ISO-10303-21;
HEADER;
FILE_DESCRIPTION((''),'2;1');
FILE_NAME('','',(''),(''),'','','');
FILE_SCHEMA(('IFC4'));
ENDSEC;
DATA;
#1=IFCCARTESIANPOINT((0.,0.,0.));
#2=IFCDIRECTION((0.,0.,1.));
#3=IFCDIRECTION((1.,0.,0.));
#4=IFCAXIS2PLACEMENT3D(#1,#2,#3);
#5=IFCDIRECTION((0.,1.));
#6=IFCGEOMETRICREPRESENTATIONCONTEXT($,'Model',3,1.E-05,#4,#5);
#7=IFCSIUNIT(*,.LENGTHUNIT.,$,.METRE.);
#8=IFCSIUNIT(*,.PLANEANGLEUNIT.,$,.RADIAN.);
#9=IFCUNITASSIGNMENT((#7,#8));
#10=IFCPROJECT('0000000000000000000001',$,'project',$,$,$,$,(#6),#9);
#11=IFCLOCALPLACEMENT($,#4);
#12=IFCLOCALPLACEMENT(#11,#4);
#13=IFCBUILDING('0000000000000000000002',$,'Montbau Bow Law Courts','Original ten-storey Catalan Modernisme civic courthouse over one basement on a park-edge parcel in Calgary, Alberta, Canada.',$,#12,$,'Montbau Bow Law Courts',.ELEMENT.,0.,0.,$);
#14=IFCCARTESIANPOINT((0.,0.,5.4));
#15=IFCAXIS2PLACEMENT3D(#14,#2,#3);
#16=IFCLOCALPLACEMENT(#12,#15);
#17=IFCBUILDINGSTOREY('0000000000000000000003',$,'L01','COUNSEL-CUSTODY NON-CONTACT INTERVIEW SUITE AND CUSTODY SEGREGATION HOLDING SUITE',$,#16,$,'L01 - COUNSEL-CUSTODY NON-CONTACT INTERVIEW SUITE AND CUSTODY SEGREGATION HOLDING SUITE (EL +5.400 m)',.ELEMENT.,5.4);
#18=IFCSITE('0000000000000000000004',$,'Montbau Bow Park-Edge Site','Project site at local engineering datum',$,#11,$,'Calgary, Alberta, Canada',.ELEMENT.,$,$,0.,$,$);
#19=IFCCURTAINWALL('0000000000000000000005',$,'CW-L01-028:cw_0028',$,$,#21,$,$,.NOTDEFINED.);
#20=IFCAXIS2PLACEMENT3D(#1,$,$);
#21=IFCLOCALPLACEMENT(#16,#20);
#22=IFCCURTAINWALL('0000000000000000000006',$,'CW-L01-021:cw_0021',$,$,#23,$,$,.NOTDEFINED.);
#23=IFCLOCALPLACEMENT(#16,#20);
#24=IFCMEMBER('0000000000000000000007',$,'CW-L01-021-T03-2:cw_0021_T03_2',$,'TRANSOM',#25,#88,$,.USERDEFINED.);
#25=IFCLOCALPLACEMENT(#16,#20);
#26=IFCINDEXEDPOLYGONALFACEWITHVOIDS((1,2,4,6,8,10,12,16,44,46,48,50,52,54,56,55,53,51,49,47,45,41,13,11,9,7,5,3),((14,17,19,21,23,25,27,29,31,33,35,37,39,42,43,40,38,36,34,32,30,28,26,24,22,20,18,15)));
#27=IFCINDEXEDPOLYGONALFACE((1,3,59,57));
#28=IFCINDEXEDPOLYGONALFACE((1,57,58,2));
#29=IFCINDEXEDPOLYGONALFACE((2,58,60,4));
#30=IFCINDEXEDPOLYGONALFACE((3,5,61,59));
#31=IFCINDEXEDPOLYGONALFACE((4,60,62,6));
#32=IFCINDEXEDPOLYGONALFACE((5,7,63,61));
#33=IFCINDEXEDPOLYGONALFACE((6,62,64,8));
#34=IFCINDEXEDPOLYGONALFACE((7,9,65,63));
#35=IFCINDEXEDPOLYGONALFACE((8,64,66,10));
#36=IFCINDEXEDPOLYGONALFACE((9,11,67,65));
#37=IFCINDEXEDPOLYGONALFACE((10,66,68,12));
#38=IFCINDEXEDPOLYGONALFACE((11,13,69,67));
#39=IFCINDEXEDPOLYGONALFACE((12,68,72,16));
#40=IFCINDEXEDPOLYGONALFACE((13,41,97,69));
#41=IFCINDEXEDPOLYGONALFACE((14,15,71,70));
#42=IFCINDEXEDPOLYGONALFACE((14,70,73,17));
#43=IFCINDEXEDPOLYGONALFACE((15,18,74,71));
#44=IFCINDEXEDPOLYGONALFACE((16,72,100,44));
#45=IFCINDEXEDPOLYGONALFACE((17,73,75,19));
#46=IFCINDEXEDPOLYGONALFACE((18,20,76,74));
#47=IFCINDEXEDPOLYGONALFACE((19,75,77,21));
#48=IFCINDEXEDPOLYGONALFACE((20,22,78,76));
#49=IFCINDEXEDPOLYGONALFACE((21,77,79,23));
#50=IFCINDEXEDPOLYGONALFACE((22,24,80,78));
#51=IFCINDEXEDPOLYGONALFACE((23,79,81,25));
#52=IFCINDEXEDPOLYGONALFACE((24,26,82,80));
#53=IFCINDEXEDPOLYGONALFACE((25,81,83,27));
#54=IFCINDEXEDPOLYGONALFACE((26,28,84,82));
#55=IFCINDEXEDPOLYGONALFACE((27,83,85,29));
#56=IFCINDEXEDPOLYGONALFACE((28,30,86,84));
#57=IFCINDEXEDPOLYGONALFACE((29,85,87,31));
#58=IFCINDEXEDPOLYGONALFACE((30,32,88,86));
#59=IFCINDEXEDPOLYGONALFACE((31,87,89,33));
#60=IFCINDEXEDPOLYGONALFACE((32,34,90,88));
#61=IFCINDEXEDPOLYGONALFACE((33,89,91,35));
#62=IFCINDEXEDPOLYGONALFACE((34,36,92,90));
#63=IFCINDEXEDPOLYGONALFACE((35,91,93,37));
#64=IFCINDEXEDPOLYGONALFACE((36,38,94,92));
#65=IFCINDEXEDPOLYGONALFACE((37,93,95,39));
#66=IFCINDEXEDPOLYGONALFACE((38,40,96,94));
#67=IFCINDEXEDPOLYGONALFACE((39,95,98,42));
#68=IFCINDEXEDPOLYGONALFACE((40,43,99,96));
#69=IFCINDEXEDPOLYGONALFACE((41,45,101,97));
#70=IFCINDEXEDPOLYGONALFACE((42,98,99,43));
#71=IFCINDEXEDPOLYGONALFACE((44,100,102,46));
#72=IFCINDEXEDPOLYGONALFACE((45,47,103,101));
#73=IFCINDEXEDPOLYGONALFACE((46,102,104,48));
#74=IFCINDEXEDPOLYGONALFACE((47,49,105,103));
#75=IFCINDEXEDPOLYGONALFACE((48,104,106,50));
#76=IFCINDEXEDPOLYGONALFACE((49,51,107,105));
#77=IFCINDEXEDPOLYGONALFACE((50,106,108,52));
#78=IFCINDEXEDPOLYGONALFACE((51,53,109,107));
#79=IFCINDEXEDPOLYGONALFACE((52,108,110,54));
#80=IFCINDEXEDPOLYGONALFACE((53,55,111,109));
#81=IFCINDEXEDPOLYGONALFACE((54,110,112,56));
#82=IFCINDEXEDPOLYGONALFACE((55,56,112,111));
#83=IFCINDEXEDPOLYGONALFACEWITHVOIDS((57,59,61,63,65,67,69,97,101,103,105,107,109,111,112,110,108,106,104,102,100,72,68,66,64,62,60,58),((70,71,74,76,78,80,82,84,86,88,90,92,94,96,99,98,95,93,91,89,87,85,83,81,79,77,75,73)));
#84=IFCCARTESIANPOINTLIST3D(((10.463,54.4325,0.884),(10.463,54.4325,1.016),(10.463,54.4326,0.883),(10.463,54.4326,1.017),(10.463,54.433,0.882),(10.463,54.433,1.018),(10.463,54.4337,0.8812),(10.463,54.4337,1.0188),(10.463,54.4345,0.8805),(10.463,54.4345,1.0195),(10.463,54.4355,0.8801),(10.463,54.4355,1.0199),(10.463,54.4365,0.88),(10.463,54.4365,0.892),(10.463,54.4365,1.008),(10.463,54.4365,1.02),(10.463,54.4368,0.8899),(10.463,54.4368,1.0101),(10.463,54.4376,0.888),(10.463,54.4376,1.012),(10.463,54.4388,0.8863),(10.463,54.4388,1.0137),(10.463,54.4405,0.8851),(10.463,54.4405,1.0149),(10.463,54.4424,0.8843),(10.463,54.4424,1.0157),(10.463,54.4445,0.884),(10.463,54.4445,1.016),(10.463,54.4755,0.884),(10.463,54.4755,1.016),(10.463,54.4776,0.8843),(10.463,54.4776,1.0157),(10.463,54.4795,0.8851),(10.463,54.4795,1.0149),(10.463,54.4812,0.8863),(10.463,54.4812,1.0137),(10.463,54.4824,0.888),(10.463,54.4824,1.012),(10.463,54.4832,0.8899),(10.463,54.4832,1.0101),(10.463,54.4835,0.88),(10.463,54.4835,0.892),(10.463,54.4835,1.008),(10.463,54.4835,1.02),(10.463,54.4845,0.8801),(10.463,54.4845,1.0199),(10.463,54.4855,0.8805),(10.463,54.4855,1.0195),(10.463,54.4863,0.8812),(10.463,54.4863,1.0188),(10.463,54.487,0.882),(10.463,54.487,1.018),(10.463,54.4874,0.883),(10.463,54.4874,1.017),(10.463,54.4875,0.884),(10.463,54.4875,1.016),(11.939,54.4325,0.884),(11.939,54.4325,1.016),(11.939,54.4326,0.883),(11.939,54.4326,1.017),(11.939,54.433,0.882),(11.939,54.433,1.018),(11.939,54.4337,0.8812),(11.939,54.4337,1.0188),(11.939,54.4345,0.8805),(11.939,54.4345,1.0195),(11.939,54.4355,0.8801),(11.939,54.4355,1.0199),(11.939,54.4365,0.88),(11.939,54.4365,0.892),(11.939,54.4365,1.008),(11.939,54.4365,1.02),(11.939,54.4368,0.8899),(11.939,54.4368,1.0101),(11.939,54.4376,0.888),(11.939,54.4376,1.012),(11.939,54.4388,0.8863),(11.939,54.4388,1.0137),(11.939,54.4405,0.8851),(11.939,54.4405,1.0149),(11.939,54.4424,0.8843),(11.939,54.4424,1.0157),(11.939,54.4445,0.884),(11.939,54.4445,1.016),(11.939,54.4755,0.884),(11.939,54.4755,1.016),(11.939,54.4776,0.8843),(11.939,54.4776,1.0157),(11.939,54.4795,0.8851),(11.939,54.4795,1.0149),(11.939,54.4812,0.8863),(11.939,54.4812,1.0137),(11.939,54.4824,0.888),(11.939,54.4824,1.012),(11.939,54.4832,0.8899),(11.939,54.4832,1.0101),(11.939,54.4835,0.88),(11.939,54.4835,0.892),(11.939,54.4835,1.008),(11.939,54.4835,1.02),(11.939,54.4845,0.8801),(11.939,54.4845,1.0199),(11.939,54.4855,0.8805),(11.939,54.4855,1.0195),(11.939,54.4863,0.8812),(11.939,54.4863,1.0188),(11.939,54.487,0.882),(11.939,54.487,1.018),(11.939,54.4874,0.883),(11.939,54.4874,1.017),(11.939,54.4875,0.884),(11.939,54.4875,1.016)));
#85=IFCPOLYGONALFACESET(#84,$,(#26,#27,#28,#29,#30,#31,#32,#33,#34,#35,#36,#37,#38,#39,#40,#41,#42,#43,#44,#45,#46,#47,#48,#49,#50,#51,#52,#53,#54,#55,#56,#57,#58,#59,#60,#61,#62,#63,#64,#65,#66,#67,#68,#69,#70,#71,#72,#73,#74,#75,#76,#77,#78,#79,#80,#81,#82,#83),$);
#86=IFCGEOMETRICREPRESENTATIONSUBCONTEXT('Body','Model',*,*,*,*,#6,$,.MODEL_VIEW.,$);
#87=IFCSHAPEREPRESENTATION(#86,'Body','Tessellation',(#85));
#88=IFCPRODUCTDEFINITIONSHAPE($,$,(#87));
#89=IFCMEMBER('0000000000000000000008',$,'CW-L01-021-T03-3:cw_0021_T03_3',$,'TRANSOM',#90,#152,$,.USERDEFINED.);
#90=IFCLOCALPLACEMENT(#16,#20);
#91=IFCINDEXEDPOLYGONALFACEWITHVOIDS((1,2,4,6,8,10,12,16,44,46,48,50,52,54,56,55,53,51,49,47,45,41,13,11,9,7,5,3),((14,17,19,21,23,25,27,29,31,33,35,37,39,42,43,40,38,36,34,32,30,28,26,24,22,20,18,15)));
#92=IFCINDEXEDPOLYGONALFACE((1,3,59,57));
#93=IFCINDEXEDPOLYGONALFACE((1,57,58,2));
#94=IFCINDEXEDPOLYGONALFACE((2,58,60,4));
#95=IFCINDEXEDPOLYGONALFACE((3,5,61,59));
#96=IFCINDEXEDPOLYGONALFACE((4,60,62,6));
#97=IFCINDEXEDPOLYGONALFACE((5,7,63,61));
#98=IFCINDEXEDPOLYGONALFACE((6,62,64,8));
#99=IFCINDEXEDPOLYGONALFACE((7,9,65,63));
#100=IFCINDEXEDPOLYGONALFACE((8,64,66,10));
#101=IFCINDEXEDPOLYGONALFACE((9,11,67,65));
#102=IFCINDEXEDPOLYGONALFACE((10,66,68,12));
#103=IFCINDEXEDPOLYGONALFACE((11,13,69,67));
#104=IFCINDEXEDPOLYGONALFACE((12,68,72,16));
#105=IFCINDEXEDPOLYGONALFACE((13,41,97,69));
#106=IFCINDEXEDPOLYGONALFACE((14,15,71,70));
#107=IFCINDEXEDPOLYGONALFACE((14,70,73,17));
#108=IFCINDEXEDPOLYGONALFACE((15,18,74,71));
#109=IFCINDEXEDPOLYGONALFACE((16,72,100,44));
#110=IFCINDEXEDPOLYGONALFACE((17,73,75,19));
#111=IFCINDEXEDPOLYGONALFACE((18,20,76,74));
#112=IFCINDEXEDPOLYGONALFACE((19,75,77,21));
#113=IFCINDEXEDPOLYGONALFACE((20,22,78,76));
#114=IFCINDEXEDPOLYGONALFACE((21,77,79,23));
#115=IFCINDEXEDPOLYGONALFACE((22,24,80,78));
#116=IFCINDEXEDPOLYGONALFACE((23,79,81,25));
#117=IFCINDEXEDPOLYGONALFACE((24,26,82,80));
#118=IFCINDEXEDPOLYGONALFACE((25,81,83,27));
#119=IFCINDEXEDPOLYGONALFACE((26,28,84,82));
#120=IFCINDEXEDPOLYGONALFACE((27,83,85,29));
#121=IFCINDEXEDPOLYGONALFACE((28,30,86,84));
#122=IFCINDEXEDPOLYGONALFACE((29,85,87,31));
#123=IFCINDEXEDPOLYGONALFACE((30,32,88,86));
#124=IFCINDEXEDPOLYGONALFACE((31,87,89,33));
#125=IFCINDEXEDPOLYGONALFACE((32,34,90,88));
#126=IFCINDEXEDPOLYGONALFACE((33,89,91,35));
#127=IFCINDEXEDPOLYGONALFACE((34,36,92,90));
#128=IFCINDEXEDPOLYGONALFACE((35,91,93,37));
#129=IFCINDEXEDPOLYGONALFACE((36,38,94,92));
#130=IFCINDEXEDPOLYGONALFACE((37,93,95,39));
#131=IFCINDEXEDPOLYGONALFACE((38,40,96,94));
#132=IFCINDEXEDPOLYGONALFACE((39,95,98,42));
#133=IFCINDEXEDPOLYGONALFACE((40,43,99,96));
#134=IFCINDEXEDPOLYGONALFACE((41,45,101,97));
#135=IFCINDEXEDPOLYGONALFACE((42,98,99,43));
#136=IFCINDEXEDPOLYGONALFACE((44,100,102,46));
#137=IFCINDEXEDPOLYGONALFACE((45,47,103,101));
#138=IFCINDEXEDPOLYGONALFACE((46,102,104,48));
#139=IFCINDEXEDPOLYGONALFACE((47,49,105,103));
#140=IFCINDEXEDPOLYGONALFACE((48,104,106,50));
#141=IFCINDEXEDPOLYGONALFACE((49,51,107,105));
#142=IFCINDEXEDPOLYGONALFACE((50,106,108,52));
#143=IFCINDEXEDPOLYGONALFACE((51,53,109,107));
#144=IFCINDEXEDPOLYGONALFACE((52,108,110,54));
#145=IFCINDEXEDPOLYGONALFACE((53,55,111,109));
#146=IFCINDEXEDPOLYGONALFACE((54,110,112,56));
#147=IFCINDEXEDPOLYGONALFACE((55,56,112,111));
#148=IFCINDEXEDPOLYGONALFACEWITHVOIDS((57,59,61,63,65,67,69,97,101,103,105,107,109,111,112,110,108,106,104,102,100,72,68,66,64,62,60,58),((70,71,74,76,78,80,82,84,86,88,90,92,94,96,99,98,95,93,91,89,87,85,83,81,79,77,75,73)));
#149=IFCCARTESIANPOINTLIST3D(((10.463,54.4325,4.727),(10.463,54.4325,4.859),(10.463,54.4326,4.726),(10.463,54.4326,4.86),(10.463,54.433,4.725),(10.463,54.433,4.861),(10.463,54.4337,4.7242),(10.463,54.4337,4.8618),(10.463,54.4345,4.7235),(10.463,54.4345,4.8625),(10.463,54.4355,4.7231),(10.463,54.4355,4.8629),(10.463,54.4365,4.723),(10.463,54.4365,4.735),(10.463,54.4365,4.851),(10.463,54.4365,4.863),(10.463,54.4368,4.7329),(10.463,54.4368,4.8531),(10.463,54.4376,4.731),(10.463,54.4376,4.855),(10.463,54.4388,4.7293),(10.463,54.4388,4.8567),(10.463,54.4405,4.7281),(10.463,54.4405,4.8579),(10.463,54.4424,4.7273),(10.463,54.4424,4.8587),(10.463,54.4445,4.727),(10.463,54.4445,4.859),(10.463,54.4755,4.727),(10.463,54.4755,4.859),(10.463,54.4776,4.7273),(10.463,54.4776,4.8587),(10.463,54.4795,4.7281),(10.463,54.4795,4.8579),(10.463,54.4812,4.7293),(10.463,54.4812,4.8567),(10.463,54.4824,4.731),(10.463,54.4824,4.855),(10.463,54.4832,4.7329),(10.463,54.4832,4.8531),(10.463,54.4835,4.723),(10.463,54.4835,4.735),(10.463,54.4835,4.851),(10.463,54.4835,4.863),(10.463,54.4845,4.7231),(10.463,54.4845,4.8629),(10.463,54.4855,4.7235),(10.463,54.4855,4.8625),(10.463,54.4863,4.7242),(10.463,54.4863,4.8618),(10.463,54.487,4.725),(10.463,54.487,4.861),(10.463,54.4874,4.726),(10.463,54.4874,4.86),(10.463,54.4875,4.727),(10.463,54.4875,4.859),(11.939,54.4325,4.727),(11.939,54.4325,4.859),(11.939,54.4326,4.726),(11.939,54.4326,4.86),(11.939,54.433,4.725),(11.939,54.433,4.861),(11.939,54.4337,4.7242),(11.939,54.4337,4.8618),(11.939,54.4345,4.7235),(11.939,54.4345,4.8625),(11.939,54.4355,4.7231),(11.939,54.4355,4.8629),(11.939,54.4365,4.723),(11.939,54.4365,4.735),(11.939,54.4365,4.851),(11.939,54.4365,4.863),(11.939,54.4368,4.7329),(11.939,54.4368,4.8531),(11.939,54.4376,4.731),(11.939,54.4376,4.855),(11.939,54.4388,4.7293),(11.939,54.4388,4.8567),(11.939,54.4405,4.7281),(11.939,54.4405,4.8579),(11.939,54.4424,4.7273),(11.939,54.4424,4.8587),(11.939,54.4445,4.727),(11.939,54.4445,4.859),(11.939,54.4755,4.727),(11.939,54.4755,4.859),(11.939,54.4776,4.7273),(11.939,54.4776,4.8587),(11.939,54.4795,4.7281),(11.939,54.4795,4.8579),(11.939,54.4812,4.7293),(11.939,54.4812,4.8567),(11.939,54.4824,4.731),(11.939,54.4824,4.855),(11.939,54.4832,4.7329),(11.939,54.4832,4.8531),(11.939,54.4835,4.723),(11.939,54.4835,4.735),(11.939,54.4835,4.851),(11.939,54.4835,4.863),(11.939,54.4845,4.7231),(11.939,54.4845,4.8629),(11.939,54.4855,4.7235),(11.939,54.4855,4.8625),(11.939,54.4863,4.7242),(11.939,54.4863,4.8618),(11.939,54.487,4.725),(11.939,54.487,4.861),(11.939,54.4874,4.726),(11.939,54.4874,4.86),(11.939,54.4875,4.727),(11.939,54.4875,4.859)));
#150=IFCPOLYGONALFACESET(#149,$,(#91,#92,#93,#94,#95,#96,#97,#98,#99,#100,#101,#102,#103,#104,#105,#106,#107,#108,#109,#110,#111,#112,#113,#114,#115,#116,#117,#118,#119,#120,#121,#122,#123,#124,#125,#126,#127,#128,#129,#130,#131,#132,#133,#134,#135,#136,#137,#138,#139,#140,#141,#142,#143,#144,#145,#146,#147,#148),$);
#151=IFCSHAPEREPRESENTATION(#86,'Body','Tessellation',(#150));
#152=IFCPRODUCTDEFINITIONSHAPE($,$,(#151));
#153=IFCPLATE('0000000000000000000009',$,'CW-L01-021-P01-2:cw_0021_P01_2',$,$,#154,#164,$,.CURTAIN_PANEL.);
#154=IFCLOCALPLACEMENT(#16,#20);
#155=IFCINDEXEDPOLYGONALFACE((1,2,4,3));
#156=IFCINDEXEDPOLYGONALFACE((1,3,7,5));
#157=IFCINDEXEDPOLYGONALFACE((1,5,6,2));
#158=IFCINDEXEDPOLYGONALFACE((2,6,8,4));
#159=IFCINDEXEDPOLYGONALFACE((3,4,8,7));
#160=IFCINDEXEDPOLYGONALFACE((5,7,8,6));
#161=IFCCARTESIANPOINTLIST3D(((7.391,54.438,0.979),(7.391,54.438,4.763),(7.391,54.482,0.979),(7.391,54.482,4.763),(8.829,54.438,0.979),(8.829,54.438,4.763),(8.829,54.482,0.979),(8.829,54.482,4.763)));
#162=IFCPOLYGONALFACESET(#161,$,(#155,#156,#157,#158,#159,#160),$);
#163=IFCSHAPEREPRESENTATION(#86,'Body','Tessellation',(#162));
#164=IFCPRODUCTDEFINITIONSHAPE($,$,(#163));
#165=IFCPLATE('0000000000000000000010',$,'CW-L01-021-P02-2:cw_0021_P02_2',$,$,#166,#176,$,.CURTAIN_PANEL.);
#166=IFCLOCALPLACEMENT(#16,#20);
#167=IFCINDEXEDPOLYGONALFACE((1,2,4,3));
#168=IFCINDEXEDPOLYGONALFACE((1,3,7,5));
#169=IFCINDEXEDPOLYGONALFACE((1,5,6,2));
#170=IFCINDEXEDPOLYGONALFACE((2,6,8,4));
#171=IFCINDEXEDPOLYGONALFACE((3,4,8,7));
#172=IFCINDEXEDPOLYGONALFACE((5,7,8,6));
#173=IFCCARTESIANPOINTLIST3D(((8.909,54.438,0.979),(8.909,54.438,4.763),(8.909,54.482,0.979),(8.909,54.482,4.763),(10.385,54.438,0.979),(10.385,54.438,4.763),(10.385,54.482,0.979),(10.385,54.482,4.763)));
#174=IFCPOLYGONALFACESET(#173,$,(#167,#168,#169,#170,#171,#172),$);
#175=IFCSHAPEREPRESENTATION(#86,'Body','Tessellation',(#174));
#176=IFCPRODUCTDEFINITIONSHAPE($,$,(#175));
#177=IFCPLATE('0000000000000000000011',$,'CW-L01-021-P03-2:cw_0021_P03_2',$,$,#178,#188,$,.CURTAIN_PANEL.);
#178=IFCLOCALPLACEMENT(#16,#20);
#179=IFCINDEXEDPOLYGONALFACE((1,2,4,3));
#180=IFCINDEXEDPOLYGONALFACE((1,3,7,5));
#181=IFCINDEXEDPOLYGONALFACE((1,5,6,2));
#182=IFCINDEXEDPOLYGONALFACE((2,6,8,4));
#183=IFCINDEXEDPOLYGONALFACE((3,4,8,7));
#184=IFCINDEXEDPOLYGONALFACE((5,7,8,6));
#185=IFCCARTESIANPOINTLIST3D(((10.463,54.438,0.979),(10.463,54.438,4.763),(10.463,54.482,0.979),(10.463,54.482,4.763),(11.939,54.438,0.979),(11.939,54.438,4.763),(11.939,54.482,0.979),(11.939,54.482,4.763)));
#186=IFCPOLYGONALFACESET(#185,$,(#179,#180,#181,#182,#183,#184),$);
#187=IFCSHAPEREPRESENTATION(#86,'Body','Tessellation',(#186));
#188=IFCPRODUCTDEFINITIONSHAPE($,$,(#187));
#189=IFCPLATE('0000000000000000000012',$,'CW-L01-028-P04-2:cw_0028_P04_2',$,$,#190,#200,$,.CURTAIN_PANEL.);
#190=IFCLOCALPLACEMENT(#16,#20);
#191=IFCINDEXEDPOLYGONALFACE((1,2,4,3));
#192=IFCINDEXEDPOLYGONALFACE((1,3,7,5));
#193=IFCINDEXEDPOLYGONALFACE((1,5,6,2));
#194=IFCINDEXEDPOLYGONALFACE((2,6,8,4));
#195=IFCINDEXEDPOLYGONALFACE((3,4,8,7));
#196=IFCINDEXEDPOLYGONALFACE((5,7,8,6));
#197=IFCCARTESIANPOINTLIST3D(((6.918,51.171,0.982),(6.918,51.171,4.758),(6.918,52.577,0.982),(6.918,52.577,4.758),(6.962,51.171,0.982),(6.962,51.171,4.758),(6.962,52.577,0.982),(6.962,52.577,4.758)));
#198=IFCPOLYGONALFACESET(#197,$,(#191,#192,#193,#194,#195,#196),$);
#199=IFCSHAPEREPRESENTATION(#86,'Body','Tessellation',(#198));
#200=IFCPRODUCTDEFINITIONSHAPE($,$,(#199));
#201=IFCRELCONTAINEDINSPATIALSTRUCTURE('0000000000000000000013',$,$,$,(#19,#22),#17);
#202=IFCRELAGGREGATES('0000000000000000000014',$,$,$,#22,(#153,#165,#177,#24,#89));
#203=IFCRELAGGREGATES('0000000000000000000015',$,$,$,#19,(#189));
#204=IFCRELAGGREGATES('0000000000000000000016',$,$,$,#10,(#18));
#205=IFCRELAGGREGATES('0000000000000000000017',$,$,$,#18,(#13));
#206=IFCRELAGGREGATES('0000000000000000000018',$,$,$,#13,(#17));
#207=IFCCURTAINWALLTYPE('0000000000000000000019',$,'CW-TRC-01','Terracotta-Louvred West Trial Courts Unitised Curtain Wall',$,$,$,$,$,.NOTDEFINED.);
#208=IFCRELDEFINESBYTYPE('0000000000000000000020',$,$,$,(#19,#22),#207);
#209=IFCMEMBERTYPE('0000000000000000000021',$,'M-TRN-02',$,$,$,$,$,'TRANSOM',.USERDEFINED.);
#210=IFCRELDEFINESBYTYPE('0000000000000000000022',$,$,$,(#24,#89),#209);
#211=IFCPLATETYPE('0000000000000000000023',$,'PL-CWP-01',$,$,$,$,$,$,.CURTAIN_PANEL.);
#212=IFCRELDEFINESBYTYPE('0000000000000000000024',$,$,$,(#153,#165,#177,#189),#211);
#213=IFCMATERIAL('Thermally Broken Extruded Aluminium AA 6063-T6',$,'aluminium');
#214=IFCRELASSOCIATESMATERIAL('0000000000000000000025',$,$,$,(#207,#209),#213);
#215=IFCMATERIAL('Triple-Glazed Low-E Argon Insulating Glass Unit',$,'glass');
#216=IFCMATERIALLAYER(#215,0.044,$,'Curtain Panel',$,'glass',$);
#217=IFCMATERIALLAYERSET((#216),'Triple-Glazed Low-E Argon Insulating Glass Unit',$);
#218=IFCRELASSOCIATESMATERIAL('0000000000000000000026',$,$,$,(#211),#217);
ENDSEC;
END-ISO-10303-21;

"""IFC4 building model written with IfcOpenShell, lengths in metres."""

from ifc_helpers import new_model, si_unit, direction, frame, frame_2d, origin_with_axes, origin_2d_with_axis, place, context, subcontext, project, spatial, rectangle, hollow_rectangle, extrude, material, layer, layer_set, material_profile, profile_set, type_object, element, aggregate, save


model = new_model("IFC4")

# Units and contexts
model_context = context("Model", 3, precision=1e-05, world=origin_with_axes(), true_north=direction((0.0, 1.0)))
body_context = subcontext(model_context, "Body", "Model", "MODEL_VIEW")
ifc_project = project(units=[si_unit("LENGTHUNIT", "METRE"), si_unit("PLANEANGLEUNIT", "RADIAN")], contexts=[model_context])

# Site, building, storey
site_placement = place(None, origin_with_axes())
site = spatial("IfcSite", under=ifc_project, at=site_placement, Name="Montbau Bow Park-Edge Site", Description="Project site at local engineering datum", LongName="Calgary, Alberta, Canada", CompositionType="ELEMENT", RefElevation=0.0)
building_placement = place(site_placement, origin_with_axes())
building = spatial("IfcBuilding", under=site, at=building_placement, Name="Montbau Bow Law Courts", Description="Original ten-storey Catalan Modernisme civic courthouse over one basement on a park-edge parcel in Calgary, Alberta, Canada.", LongName="Montbau Bow Law Courts", CompositionType="ELEMENT", ElevationOfRefHeight=0.0, ElevationOfTerrain=0.0)
storey_placement = place(building_placement, frame((0.0, 0.0, 5.4), z_axis=(0.0, 0.0, 1.0), x_axis=(1.0, 0.0, 0.0)))
storey = spatial("IfcBuildingStorey", under=building, at=storey_placement, Name="L01", Description="COUNSEL-CUSTODY NON-CONTACT INTERVIEW SUITE AND CUSTODY SEGREGATION HOLDING SUITE", LongName="L01 - COUNSEL-CUSTODY NON-CONTACT INTERVIEW SUITE AND CUSTODY SEGREGATION HOLDING SUITE (EL +5.400 m)", CompositionType="ELEMENT", Elevation=5.4)

# Curtain wall
ifc_material_1 = material(Name="Thermally Broken Extruded Aluminium AA 6063-T6", Category="aluminium")
curtain_wall_type = type_object("IfcCurtainWallType", Name="CW-TRC-01", Description="Terracotta-Louvred West Trial Courts Unitised Curtain Wall", PredefinedType="NOTDEFINED", material=ifc_material_1)
curtain_wall_1_placement = place(None, frame((6.94, 46.715, 5.4), z_axis=(0.0, 0.0, 1.0), x_axis=(1.0, 0.0, 0.0)))
curtain_wall_1 = element("IfcCurtainWall", 1, at=curtain_wall_1_placement, inside=storey, type_object=curtain_wall_type, Name="CW-L01-028:cw_0028", PredefinedType="NOTDEFINED")

# Curtain wall, members, plates
curtain_wall_2_placement = place(None, frame((7.315, 54.46, 5.4), z_axis=(0.0, 0.0, 1.0), x_axis=(1.0, 0.0, 0.0)))
curtain_wall_2 = element("IfcCurtainWall", 2, at=curtain_wall_2_placement, inside=storey, type_object=curtain_wall_type, Name="CW-L01-021:cw_0021", PredefinedType="NOTDEFINED")
ifc_material_profile_1 = material_profile(ifc_material_1, hollow_rectangle(XDim=0.055, YDim=0.14, WallThickness=0.004, InnerFilletRadius=0.008, OuterFilletRadius=0.004, at=origin_2d_with_axis()), Name="CWT-140X55", Category="Main", Priority=0)
ifc_profile_set_1 = profile_set([ifc_material_profile_1], Name="Thermally Broken Extruded Aluminium AA 6063-T6")
member_type_1 = type_object("IfcMemberType", Name="M-TRN-02", ElementType="TRANSOM", PredefinedType="USERDEFINED", material=ifc_profile_set_1)
member_1_placement = place(None, frame((10.463, 54.46, 6.35), z_axis=(1.0, 0.0, 0.0), x_axis=(0.0, 1.0, 0.0)))
member_1 = element("IfcMember", 3, at=member_1_placement, type_object=member_type_1, Name="CW-L01-021-T03-2:cw_0021_T03_2", ObjectType="TRANSOM", PredefinedType="USERDEFINED", context=body_context, shape_type="SweptSolid", body=[
    extrude(hollow_rectangle(XDim=0.055, YDim=0.14, WallThickness=0.004, InnerFilletRadius=0.008, OuterFilletRadius=0.004, at=origin_2d_with_axis()), origin_with_axes(), (0.0, 0.0, 1.0), 1.476),
])
member_2_placement = place(None, frame((10.463, 54.46, 10.193), z_axis=(1.0, 0.0, 0.0), x_axis=(0.0, 1.0, 0.0)))
member_2 = element("IfcMember", 4, at=member_2_placement, type_object=member_type_1, Name="CW-L01-021-T03-3:cw_0021_T03_3", ObjectType="TRANSOM", PredefinedType="USERDEFINED", context=body_context, shape_type="SweptSolid", body=[
    extrude(hollow_rectangle(XDim=0.055, YDim=0.14, WallThickness=0.004, InnerFilletRadius=0.008, OuterFilletRadius=0.004, at=origin_2d_with_axis()), origin_with_axes(), (0.0, 0.0, 1.0), 1.476),
])
ifc_material_2 = material(Name="Triple-Glazed Low-E Argon Insulating Glass Unit", Category="glass")
ifc_layer_1 = layer(ifc_material_2, 0.044, Name="Curtain Panel", Category="glass")
ifc_layer_set_1 = layer_set([ifc_layer_1], Name="Triple-Glazed Low-E Argon Insulating Glass Unit")
plate_type_1 = type_object("IfcPlateType", Name="PL-CWP-01", PredefinedType="CURTAIN_PANEL", material=ifc_layer_set_1)
plate_1_placement = place(None, frame((7.391, 54.46, 6.379), z_axis=(0.0, -1.0, 0.0), x_axis=(1.0, 0.0, 0.0)))
plate_1 = element("IfcPlate", 5, at=plate_1_placement, type_object=plate_type_1, Name="CW-L01-021-P01-2:cw_0021_P01_2", PredefinedType="CURTAIN_PANEL", context=body_context, shape_type="SweptSolid", body=[
    extrude(rectangle(XDim=1.438, YDim=3.784, at=frame_2d((0.719, 1.892), x_axis=(1.0, 0.0))), frame((0.0, 0.0, -0.022), z_axis=(0.0, 0.0, 1.0), x_axis=(1.0, 0.0, 0.0)), (0.0, 0.0, 1.0), 0.044),
])
plate_2_placement = place(None, frame((8.909, 54.46, 6.379), z_axis=(0.0, -1.0, 0.0), x_axis=(1.0, 0.0, 0.0)))
plate_2 = element("IfcPlate", 6, at=plate_2_placement, type_object=plate_type_1, Name="CW-L01-021-P02-2:cw_0021_P02_2", PredefinedType="CURTAIN_PANEL", context=body_context, shape_type="SweptSolid", body=[
    extrude(rectangle(XDim=1.476, YDim=3.784, at=frame_2d((0.738, 1.892), x_axis=(1.0, 0.0))), frame((0.0, 0.0, -0.022), z_axis=(0.0, 0.0, 1.0), x_axis=(1.0, 0.0, 0.0)), (0.0, 0.0, 1.0), 0.044),
])
plate_3_placement = place(None, frame((10.463, 54.46, 6.379), z_axis=(0.0, -1.0, 0.0), x_axis=(1.0, 0.0, 0.0)))
plate_3 = element("IfcPlate", 7, at=plate_3_placement, type_object=plate_type_1, Name="CW-L01-021-P03-2:cw_0021_P03_2", PredefinedType="CURTAIN_PANEL", context=body_context, shape_type="SweptSolid", body=[
    extrude(rectangle(XDim=1.476, YDim=3.784, at=frame_2d((0.738, 1.892), x_axis=(1.0, 0.0))), frame((0.0, 0.0, -0.022), z_axis=(0.0, 0.0, 1.0), x_axis=(1.0, 0.0, 0.0)), (0.0, 0.0, 1.0), 0.044),
])

# Plate
plate_4_placement = place(None, frame((6.94, 51.171, 6.382), z_axis=(1.0, 0.0, 0.0), x_axis=(0.0, 1.0, 0.0)))
plate_4 = element("IfcPlate", 8, at=plate_4_placement, type_object=plate_type_1, Name="CW-L01-028-P04-2:cw_0028_P04_2", PredefinedType="CURTAIN_PANEL", context=body_context, shape_type="SweptSolid", body=[
    extrude(rectangle(XDim=1.406, YDim=3.776, at=frame_2d((0.703, 1.888), x_axis=(1.0, 0.0))), frame((0.0, 0.0, -0.022), z_axis=(0.0, 0.0, 1.0), x_axis=(1.0, 0.0, 0.0)), (0.0, 0.0, 1.0), 0.044),
])
aggregate(curtain_wall_2, [plate_1, plate_2, plate_3, member_1, member_2])
aggregate(curtain_wall_1, [plate_4])

save(model, "model.ifc")
